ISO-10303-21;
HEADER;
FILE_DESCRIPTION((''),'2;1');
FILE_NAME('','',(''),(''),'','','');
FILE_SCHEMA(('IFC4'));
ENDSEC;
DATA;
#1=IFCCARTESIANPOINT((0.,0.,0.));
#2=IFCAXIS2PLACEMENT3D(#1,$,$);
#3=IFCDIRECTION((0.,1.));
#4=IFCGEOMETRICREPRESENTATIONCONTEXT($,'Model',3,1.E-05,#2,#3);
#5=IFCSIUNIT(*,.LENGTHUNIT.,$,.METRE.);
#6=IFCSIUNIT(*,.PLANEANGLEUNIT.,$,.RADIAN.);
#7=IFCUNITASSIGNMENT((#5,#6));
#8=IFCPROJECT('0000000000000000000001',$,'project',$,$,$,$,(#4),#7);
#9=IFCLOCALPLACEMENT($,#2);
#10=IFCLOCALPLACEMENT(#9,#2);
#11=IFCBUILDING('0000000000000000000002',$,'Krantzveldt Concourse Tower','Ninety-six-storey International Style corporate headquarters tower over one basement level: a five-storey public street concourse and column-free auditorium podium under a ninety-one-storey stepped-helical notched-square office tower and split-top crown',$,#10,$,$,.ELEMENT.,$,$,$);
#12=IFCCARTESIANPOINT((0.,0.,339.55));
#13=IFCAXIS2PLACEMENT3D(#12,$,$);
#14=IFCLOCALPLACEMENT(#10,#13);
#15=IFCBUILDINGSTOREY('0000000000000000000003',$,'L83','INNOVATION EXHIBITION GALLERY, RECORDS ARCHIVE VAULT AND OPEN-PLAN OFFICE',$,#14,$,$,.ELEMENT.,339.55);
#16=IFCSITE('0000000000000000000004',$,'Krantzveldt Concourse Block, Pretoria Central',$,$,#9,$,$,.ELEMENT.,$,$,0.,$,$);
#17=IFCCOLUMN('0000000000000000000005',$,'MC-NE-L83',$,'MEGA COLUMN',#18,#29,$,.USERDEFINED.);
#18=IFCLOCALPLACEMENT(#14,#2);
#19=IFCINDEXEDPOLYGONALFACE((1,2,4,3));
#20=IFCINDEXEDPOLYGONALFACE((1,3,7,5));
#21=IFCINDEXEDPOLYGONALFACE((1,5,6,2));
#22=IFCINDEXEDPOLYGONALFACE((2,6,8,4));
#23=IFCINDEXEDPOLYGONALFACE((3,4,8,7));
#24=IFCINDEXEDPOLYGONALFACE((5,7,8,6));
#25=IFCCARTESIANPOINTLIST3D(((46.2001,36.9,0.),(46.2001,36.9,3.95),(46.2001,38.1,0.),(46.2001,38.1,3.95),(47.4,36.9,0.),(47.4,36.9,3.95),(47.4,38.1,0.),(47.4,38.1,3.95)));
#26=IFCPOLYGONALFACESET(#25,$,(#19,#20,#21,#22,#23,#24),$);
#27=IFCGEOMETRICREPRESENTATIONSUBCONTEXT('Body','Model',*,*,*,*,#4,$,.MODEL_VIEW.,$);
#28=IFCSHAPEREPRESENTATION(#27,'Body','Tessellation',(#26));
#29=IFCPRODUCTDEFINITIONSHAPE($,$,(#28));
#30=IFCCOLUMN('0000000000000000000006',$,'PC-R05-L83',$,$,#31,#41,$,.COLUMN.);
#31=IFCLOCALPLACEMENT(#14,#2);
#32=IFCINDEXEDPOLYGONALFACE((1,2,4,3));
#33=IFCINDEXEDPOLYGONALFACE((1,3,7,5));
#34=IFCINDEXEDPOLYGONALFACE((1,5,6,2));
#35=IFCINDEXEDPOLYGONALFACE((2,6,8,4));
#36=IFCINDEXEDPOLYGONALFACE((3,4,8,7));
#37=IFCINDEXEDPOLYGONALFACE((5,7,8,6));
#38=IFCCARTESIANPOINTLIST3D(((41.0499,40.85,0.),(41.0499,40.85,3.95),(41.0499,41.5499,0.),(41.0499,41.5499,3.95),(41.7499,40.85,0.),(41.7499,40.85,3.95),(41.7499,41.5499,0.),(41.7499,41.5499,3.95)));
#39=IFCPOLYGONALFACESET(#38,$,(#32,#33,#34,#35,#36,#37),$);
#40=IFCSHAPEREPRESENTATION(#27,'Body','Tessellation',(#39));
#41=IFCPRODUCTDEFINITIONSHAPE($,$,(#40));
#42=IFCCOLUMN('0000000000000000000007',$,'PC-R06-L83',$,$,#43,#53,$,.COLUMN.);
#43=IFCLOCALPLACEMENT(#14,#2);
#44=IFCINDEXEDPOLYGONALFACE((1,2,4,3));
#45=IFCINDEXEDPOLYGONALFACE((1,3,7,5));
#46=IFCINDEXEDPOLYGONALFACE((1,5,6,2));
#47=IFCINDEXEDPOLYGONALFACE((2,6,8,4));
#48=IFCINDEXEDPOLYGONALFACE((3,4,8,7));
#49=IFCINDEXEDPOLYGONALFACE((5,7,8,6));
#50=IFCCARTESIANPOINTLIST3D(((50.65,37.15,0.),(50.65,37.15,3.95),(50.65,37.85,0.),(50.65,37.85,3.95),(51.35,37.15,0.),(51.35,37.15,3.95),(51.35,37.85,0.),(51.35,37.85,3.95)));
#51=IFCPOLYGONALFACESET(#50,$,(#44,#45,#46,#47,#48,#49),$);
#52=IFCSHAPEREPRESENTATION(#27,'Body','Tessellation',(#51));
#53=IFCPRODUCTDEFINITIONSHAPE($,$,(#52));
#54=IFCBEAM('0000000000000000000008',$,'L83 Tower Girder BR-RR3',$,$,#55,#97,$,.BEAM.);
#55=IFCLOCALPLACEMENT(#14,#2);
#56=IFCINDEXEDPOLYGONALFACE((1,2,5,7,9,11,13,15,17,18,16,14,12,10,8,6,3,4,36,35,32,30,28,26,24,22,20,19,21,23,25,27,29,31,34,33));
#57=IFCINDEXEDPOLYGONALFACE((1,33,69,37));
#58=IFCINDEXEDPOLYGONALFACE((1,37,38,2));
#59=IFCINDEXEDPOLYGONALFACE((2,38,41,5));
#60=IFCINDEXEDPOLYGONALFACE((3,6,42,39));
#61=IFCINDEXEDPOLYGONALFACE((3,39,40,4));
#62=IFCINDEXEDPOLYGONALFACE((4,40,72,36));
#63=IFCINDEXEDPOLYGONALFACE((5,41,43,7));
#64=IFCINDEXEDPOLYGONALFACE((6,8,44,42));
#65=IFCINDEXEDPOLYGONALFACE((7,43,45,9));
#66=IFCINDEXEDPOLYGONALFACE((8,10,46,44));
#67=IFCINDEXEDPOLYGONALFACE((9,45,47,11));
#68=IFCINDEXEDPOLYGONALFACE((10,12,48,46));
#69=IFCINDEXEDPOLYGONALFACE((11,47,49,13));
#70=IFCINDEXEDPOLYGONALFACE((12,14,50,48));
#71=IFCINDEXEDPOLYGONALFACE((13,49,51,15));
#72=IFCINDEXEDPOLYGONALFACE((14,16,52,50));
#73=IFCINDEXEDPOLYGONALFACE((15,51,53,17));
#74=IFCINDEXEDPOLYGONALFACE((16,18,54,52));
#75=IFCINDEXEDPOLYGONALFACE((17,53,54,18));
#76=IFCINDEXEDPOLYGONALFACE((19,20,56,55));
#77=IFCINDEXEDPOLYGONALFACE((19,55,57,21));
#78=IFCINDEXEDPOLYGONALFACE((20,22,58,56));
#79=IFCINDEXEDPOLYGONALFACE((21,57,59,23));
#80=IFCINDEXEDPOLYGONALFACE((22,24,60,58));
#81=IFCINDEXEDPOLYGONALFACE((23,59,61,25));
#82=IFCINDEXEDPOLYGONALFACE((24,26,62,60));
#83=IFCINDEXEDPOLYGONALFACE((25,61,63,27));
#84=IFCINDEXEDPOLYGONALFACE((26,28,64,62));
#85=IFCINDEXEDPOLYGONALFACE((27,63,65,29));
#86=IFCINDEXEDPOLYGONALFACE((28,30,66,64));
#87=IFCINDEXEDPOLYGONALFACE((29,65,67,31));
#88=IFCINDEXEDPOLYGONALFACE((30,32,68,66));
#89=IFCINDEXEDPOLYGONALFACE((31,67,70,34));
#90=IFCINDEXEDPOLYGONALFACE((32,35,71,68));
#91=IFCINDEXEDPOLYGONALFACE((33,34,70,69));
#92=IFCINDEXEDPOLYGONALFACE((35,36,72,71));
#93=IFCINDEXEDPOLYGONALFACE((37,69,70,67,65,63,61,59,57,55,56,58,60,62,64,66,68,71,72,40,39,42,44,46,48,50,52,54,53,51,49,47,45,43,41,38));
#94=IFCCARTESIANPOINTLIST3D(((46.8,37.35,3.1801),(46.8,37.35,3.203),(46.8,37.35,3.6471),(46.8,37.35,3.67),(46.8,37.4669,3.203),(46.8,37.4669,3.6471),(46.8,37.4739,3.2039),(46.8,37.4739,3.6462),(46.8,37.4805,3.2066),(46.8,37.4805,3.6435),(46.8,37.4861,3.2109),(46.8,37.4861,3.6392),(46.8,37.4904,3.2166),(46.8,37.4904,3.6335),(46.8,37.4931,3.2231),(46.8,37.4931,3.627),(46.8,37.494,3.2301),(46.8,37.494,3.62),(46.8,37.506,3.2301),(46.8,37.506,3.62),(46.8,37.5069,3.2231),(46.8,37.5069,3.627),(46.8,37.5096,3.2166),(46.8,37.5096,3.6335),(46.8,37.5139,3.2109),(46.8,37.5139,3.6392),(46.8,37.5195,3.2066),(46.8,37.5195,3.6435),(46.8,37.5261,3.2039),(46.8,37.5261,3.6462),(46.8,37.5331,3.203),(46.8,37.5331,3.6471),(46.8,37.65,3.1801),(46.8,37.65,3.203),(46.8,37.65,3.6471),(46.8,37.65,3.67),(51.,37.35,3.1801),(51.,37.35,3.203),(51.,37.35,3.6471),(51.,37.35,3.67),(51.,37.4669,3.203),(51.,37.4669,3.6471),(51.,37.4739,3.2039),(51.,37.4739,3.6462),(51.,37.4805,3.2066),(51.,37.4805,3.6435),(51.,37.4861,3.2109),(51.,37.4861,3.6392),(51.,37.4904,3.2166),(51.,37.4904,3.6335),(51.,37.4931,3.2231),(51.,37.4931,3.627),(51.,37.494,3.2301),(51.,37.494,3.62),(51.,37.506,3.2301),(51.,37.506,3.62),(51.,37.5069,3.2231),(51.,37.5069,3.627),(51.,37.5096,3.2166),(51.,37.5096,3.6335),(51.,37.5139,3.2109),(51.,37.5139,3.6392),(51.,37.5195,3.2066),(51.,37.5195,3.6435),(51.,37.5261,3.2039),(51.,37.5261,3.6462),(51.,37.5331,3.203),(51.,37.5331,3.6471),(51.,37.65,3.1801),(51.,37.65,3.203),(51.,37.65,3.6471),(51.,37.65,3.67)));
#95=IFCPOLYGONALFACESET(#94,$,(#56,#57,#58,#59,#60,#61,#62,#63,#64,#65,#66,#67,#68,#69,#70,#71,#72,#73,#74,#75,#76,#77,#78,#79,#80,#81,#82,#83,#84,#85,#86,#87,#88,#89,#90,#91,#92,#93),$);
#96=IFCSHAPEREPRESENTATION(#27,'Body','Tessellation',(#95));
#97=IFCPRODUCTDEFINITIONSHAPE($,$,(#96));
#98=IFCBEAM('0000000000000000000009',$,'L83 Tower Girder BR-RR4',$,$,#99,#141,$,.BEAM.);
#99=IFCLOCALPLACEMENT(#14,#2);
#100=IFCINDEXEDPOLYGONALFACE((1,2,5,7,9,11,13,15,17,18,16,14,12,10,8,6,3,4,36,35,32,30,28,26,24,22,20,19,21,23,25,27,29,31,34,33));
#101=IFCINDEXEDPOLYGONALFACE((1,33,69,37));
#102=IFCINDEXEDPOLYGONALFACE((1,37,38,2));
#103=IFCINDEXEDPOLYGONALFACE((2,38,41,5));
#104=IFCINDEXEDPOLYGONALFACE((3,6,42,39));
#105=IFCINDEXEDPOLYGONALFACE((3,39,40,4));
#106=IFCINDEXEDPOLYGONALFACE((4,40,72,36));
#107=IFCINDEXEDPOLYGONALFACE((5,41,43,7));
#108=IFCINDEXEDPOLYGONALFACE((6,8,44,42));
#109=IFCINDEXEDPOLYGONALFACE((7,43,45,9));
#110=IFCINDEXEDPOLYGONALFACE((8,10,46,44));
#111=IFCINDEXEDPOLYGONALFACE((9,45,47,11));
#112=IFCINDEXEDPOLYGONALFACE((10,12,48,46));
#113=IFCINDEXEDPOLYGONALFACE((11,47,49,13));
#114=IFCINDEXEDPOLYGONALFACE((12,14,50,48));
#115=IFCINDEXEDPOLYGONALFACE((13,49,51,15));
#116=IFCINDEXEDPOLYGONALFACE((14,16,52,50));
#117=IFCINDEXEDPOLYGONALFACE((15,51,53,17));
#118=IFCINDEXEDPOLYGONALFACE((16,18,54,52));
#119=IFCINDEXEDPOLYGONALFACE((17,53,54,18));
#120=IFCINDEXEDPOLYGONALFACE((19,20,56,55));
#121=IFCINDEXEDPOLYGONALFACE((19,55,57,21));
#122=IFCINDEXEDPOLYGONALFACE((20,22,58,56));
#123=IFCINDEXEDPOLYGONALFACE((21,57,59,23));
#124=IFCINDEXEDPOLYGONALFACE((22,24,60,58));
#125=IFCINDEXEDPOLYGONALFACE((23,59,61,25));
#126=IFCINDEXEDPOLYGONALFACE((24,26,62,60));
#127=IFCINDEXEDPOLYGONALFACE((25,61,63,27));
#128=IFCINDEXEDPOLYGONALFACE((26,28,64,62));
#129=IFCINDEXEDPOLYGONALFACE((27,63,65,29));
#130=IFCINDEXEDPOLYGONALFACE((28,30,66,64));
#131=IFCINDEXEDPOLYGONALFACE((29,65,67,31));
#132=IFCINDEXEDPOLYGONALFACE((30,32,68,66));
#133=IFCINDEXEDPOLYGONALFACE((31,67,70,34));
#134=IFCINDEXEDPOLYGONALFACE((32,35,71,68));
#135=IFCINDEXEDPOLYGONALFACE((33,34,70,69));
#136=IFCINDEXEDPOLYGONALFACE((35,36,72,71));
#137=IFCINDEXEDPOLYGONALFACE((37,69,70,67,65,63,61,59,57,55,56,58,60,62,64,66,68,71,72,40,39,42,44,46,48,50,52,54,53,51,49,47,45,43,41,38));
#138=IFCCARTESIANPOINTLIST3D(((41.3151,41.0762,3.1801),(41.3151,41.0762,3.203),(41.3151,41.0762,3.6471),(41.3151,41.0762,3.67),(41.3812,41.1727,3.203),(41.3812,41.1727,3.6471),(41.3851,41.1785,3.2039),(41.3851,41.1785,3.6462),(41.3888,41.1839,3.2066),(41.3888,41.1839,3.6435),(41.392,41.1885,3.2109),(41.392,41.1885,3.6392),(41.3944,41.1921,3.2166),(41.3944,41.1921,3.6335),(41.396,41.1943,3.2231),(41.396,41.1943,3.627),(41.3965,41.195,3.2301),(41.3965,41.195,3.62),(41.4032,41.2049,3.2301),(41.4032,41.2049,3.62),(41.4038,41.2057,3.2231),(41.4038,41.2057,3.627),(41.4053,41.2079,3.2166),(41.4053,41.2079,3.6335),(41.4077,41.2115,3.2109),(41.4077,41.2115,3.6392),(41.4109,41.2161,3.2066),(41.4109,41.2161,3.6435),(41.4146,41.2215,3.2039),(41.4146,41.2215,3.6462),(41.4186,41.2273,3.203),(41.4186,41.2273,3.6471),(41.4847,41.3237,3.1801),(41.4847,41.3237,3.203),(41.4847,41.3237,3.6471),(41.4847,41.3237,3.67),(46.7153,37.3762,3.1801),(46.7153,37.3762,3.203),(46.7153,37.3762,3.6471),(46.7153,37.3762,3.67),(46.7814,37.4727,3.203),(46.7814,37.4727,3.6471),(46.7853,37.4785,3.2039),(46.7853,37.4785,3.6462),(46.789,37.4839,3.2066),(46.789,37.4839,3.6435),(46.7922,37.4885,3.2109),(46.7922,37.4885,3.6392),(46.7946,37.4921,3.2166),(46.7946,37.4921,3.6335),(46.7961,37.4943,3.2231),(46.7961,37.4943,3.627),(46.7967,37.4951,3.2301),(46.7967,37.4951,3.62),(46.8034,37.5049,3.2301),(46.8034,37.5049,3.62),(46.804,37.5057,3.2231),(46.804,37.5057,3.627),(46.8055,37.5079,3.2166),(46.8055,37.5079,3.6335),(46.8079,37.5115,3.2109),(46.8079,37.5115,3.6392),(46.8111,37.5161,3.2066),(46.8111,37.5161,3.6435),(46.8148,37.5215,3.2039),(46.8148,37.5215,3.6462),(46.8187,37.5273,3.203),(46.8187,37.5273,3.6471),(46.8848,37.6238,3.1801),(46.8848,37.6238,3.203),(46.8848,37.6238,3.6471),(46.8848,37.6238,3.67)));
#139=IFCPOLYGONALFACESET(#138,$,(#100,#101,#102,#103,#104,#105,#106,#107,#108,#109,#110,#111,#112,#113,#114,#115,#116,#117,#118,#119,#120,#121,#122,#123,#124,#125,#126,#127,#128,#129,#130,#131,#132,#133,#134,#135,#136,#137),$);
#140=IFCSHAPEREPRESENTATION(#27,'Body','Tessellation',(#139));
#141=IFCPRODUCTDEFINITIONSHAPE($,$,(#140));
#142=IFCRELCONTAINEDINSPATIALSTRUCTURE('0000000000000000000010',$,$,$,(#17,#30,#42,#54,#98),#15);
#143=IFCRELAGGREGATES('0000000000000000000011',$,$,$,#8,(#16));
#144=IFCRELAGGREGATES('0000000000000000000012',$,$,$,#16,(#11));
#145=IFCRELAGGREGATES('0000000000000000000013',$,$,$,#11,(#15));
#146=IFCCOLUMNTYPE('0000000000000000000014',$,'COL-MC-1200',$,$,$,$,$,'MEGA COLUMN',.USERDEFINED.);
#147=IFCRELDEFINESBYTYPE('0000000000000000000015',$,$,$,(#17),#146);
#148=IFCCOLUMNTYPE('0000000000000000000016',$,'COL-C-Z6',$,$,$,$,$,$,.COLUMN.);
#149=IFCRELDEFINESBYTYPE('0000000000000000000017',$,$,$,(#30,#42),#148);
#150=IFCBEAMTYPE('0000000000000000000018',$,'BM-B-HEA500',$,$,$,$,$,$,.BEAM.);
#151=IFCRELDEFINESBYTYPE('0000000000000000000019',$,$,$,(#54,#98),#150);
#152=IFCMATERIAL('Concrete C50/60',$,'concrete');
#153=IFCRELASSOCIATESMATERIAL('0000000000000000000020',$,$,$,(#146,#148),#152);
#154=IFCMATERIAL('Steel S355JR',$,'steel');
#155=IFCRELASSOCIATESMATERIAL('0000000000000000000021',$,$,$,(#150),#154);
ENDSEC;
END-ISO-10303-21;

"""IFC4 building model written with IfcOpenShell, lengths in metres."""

from ifc_helpers import new_model, si_unit, direction, frame, origin, origin_2d, place, context, subcontext, project, spatial, rectangle, i_section, extrude, source, transform, mapped, material, material_profile, profile_set, type_object, type_shapes, element, save


model = new_model("IFC4")

# Units and contexts
model_context = context("Model", 3, precision=1e-05, world=origin(), true_north=direction((0.0, 1.0)))
body_context = subcontext(model_context, "Body", "Model", "MODEL_VIEW")
ifc_project = project(units=[si_unit("LENGTHUNIT", "METRE"), si_unit("PLANEANGLEUNIT", "RADIAN")], contexts=[model_context])

# Site, building, storey
site_placement = place(None, origin())
site = spatial("IfcSite", under=ifc_project, at=site_placement, Name="Krantzveldt Concourse Block, Pretoria Central", CompositionType="ELEMENT", RefElevation=0.0)
building_placement = place(site_placement, origin())
building = spatial("IfcBuilding", under=site, at=building_placement, Name="Krantzveldt Concourse Tower", Description="Ninety-six-storey International Style corporate headquarters tower over one basement level: a five-storey public street concourse and column-free auditorium podium under a ninety-one-storey stepped-helical notched-square office tower and split-top crown", CompositionType="ELEMENT")
storey_placement = place(building_placement, frame((0.0, 0.0, 339.55)))
storey = spatial("IfcBuildingStorey", under=building, at=storey_placement, Name="L83", Description="INNOVATION EXHIBITION GALLERY, RECORDS ARCHIVE VAULT AND OPEN-PLAN OFFICE", CompositionType="ELEMENT", Elevation=339.55)

# Columns
ifc_material_1 = material(Name="Concrete C50/60", Category="concrete")
ifc_material_profile_1 = material_profile(ifc_material_1, rectangle(XDim=1.2, YDim=1.2, at=origin_2d()), Name="Concrete C50/60", Category="concrete")
ifc_profile_set_1 = profile_set([ifc_material_profile_1], Name="Concrete C50/60 - RC 1200x1200")
column_type_1 = type_object("IfcColumnType", Name="COL-MC-1200", ElementType="MEGA COLUMN", PredefinedType="USERDEFINED", material=ifc_profile_set_1)
shared_shape_1 = source(origin(), body_context, "Body", "SweptSolid", [
    extrude(rectangle(XDim=1.2, YDim=1.2, at=origin_2d()), origin(), (0.0, 0.0, 1.0), 3.95),
])
type_shapes(column_type_1, [shared_shape_1])
column_placement = place(storey_placement, frame((46.8, 37.5, 0.0), z_axis=(0.0, 0.0, 1.0), x_axis=(1.0, 0.0, 0.0)))
element("IfcColumn", 1, at=column_placement, inside=storey, type_object=column_type_1, Name="MC-NE-L83", ObjectType="MEGA COLUMN", PredefinedType="USERDEFINED", context=body_context, shape_type="MappedRepresentation", body=[
    mapped(shared_shape_1, transform((0.0, 0.0, 0.0), x_axis=(1.0, 0.0, 0.0), y_axis=(0.0, 1.0, 0.0), z_axis=(0.0, 0.0, 1.0), scale=1.0)),
])
ifc_material_profile_2 = material_profile(ifc_material_1, rectangle(XDim=0.7, YDim=0.7, at=origin_2d()), Name="Concrete C50/60", Category="concrete")
ifc_profile_set_2 = profile_set([ifc_material_profile_2], Name="Concrete C50/60 - RC 700x700")
column_type_2 = type_object("IfcColumnType", Name="COL-C-Z6", PredefinedType="COLUMN", material=ifc_profile_set_2)
shared_shape_2 = source(origin(), body_context, "Body", "SweptSolid", [
    extrude(rectangle(XDim=0.7, YDim=0.7, at=origin_2d()), origin(), (0.0, 0.0, 1.0), 3.95),
])
type_shapes(column_type_2, [shared_shape_2])
for number, where, z_axis, x_axis, name in (
    (2, (41.3999, 41.2, 0.0), (0.0, 0.0, 1.0), (1.0, 0.0, 0.0), "PC-R05-L83"),
    (3, (51.0, 37.5, 0.0), (0.0, 0.0, 1.0), (1.0, 0.0, 0.0), "PC-R06-L83"),
):
    element("IfcColumn", number, at=place(storey_placement, frame(where, z_axis=z_axis, x_axis=x_axis)), inside=storey, type_object=column_type_2, Name=name, PredefinedType="COLUMN", context=body_context, shape_type="MappedRepresentation", body=[
        mapped(shared_shape_2, transform((0.0, 0.0, 0.0), x_axis=(1.0, 0.0, 0.0), y_axis=(0.0, 1.0, 0.0), z_axis=(0.0, 0.0, 1.0), scale=1.0)),
    ])

# Beams
ifc_material_2 = material(Name="Steel S355JR", Category="steel")
ifc_material_profile_3 = material_profile(ifc_material_2, i_section(OverallWidth=0.3, OverallDepth=0.49, WebThickness=0.012, FlangeThickness=0.0229, FilletRadius=0.0271, at=origin_2d()), Name="Steel S355JR", Category="steel")
ifc_profile_set_3 = profile_set([ifc_material_profile_3], Name="Steel S355JR - HEA 500")
beam_type_1 = type_object("IfcBeamType", Name="BM-B-HEA500", PredefinedType="BEAM", material=ifc_profile_set_3)
shared_shape_3 = source(origin(), body_context, "Body", "SweptSolid", [
    extrude(i_section(OverallWidth=0.3, OverallDepth=0.49, WebThickness=0.012, FlangeThickness=0.0229, FilletRadius=0.0271, at=origin_2d()), origin(), (0.0, 0.0, 1.0), 4.2),
])
beam_1_placement = place(storey_placement, frame((46.8, 37.5, 3.425), z_axis=(1.0, 0.0, 0.0), x_axis=(0.0, 1.0, 0.0)))
element("IfcBeam", 4, at=beam_1_placement, inside=storey, type_object=beam_type_1, Name="L83 Tower Girder BR-RR3", PredefinedType="BEAM", context=body_context, shape_type="MappedRepresentation", body=[
    mapped(shared_shape_3, transform((0.0, 0.0, 0.0), x_axis=(1.0, 0.0, 0.0), y_axis=(0.0, 1.0, 0.0), z_axis=(0.0, 0.0, 1.0), scale=1.0)),
])
shared_shape_4 = source(origin(), body_context, "Body", "SweptSolid", [
    extrude(i_section(OverallWidth=0.3, OverallDepth=0.49, WebThickness=0.012, FlangeThickness=0.0229, FilletRadius=0.0271, at=origin_2d()), origin(), (0.0, 0.0, 1.0), 6.5461),
])
type_shapes(beam_type_1, [shared_shape_3, shared_shape_4])
beam_2_placement = place(storey_placement, frame((46.8, 37.5, 3.425), z_axis=(-0.824943, 0.565216, 0.0), x_axis=(-0.565216, -0.824943, 0.0)))
element("IfcBeam", 5, at=beam_2_placement, inside=storey, type_object=beam_type_1, Name="L83 Tower Girder BR-RR4", PredefinedType="BEAM", context=body_context, shape_type="MappedRepresentation", body=[
    mapped(shared_shape_4, transform((0.0, 0.0, 0.0), x_axis=(1.0, 0.0, 0.0), y_axis=(0.0, 1.0, 0.0), z_axis=(0.0, 0.0, 1.0), scale=1.0)),
])

save(model, "model.ifc")
